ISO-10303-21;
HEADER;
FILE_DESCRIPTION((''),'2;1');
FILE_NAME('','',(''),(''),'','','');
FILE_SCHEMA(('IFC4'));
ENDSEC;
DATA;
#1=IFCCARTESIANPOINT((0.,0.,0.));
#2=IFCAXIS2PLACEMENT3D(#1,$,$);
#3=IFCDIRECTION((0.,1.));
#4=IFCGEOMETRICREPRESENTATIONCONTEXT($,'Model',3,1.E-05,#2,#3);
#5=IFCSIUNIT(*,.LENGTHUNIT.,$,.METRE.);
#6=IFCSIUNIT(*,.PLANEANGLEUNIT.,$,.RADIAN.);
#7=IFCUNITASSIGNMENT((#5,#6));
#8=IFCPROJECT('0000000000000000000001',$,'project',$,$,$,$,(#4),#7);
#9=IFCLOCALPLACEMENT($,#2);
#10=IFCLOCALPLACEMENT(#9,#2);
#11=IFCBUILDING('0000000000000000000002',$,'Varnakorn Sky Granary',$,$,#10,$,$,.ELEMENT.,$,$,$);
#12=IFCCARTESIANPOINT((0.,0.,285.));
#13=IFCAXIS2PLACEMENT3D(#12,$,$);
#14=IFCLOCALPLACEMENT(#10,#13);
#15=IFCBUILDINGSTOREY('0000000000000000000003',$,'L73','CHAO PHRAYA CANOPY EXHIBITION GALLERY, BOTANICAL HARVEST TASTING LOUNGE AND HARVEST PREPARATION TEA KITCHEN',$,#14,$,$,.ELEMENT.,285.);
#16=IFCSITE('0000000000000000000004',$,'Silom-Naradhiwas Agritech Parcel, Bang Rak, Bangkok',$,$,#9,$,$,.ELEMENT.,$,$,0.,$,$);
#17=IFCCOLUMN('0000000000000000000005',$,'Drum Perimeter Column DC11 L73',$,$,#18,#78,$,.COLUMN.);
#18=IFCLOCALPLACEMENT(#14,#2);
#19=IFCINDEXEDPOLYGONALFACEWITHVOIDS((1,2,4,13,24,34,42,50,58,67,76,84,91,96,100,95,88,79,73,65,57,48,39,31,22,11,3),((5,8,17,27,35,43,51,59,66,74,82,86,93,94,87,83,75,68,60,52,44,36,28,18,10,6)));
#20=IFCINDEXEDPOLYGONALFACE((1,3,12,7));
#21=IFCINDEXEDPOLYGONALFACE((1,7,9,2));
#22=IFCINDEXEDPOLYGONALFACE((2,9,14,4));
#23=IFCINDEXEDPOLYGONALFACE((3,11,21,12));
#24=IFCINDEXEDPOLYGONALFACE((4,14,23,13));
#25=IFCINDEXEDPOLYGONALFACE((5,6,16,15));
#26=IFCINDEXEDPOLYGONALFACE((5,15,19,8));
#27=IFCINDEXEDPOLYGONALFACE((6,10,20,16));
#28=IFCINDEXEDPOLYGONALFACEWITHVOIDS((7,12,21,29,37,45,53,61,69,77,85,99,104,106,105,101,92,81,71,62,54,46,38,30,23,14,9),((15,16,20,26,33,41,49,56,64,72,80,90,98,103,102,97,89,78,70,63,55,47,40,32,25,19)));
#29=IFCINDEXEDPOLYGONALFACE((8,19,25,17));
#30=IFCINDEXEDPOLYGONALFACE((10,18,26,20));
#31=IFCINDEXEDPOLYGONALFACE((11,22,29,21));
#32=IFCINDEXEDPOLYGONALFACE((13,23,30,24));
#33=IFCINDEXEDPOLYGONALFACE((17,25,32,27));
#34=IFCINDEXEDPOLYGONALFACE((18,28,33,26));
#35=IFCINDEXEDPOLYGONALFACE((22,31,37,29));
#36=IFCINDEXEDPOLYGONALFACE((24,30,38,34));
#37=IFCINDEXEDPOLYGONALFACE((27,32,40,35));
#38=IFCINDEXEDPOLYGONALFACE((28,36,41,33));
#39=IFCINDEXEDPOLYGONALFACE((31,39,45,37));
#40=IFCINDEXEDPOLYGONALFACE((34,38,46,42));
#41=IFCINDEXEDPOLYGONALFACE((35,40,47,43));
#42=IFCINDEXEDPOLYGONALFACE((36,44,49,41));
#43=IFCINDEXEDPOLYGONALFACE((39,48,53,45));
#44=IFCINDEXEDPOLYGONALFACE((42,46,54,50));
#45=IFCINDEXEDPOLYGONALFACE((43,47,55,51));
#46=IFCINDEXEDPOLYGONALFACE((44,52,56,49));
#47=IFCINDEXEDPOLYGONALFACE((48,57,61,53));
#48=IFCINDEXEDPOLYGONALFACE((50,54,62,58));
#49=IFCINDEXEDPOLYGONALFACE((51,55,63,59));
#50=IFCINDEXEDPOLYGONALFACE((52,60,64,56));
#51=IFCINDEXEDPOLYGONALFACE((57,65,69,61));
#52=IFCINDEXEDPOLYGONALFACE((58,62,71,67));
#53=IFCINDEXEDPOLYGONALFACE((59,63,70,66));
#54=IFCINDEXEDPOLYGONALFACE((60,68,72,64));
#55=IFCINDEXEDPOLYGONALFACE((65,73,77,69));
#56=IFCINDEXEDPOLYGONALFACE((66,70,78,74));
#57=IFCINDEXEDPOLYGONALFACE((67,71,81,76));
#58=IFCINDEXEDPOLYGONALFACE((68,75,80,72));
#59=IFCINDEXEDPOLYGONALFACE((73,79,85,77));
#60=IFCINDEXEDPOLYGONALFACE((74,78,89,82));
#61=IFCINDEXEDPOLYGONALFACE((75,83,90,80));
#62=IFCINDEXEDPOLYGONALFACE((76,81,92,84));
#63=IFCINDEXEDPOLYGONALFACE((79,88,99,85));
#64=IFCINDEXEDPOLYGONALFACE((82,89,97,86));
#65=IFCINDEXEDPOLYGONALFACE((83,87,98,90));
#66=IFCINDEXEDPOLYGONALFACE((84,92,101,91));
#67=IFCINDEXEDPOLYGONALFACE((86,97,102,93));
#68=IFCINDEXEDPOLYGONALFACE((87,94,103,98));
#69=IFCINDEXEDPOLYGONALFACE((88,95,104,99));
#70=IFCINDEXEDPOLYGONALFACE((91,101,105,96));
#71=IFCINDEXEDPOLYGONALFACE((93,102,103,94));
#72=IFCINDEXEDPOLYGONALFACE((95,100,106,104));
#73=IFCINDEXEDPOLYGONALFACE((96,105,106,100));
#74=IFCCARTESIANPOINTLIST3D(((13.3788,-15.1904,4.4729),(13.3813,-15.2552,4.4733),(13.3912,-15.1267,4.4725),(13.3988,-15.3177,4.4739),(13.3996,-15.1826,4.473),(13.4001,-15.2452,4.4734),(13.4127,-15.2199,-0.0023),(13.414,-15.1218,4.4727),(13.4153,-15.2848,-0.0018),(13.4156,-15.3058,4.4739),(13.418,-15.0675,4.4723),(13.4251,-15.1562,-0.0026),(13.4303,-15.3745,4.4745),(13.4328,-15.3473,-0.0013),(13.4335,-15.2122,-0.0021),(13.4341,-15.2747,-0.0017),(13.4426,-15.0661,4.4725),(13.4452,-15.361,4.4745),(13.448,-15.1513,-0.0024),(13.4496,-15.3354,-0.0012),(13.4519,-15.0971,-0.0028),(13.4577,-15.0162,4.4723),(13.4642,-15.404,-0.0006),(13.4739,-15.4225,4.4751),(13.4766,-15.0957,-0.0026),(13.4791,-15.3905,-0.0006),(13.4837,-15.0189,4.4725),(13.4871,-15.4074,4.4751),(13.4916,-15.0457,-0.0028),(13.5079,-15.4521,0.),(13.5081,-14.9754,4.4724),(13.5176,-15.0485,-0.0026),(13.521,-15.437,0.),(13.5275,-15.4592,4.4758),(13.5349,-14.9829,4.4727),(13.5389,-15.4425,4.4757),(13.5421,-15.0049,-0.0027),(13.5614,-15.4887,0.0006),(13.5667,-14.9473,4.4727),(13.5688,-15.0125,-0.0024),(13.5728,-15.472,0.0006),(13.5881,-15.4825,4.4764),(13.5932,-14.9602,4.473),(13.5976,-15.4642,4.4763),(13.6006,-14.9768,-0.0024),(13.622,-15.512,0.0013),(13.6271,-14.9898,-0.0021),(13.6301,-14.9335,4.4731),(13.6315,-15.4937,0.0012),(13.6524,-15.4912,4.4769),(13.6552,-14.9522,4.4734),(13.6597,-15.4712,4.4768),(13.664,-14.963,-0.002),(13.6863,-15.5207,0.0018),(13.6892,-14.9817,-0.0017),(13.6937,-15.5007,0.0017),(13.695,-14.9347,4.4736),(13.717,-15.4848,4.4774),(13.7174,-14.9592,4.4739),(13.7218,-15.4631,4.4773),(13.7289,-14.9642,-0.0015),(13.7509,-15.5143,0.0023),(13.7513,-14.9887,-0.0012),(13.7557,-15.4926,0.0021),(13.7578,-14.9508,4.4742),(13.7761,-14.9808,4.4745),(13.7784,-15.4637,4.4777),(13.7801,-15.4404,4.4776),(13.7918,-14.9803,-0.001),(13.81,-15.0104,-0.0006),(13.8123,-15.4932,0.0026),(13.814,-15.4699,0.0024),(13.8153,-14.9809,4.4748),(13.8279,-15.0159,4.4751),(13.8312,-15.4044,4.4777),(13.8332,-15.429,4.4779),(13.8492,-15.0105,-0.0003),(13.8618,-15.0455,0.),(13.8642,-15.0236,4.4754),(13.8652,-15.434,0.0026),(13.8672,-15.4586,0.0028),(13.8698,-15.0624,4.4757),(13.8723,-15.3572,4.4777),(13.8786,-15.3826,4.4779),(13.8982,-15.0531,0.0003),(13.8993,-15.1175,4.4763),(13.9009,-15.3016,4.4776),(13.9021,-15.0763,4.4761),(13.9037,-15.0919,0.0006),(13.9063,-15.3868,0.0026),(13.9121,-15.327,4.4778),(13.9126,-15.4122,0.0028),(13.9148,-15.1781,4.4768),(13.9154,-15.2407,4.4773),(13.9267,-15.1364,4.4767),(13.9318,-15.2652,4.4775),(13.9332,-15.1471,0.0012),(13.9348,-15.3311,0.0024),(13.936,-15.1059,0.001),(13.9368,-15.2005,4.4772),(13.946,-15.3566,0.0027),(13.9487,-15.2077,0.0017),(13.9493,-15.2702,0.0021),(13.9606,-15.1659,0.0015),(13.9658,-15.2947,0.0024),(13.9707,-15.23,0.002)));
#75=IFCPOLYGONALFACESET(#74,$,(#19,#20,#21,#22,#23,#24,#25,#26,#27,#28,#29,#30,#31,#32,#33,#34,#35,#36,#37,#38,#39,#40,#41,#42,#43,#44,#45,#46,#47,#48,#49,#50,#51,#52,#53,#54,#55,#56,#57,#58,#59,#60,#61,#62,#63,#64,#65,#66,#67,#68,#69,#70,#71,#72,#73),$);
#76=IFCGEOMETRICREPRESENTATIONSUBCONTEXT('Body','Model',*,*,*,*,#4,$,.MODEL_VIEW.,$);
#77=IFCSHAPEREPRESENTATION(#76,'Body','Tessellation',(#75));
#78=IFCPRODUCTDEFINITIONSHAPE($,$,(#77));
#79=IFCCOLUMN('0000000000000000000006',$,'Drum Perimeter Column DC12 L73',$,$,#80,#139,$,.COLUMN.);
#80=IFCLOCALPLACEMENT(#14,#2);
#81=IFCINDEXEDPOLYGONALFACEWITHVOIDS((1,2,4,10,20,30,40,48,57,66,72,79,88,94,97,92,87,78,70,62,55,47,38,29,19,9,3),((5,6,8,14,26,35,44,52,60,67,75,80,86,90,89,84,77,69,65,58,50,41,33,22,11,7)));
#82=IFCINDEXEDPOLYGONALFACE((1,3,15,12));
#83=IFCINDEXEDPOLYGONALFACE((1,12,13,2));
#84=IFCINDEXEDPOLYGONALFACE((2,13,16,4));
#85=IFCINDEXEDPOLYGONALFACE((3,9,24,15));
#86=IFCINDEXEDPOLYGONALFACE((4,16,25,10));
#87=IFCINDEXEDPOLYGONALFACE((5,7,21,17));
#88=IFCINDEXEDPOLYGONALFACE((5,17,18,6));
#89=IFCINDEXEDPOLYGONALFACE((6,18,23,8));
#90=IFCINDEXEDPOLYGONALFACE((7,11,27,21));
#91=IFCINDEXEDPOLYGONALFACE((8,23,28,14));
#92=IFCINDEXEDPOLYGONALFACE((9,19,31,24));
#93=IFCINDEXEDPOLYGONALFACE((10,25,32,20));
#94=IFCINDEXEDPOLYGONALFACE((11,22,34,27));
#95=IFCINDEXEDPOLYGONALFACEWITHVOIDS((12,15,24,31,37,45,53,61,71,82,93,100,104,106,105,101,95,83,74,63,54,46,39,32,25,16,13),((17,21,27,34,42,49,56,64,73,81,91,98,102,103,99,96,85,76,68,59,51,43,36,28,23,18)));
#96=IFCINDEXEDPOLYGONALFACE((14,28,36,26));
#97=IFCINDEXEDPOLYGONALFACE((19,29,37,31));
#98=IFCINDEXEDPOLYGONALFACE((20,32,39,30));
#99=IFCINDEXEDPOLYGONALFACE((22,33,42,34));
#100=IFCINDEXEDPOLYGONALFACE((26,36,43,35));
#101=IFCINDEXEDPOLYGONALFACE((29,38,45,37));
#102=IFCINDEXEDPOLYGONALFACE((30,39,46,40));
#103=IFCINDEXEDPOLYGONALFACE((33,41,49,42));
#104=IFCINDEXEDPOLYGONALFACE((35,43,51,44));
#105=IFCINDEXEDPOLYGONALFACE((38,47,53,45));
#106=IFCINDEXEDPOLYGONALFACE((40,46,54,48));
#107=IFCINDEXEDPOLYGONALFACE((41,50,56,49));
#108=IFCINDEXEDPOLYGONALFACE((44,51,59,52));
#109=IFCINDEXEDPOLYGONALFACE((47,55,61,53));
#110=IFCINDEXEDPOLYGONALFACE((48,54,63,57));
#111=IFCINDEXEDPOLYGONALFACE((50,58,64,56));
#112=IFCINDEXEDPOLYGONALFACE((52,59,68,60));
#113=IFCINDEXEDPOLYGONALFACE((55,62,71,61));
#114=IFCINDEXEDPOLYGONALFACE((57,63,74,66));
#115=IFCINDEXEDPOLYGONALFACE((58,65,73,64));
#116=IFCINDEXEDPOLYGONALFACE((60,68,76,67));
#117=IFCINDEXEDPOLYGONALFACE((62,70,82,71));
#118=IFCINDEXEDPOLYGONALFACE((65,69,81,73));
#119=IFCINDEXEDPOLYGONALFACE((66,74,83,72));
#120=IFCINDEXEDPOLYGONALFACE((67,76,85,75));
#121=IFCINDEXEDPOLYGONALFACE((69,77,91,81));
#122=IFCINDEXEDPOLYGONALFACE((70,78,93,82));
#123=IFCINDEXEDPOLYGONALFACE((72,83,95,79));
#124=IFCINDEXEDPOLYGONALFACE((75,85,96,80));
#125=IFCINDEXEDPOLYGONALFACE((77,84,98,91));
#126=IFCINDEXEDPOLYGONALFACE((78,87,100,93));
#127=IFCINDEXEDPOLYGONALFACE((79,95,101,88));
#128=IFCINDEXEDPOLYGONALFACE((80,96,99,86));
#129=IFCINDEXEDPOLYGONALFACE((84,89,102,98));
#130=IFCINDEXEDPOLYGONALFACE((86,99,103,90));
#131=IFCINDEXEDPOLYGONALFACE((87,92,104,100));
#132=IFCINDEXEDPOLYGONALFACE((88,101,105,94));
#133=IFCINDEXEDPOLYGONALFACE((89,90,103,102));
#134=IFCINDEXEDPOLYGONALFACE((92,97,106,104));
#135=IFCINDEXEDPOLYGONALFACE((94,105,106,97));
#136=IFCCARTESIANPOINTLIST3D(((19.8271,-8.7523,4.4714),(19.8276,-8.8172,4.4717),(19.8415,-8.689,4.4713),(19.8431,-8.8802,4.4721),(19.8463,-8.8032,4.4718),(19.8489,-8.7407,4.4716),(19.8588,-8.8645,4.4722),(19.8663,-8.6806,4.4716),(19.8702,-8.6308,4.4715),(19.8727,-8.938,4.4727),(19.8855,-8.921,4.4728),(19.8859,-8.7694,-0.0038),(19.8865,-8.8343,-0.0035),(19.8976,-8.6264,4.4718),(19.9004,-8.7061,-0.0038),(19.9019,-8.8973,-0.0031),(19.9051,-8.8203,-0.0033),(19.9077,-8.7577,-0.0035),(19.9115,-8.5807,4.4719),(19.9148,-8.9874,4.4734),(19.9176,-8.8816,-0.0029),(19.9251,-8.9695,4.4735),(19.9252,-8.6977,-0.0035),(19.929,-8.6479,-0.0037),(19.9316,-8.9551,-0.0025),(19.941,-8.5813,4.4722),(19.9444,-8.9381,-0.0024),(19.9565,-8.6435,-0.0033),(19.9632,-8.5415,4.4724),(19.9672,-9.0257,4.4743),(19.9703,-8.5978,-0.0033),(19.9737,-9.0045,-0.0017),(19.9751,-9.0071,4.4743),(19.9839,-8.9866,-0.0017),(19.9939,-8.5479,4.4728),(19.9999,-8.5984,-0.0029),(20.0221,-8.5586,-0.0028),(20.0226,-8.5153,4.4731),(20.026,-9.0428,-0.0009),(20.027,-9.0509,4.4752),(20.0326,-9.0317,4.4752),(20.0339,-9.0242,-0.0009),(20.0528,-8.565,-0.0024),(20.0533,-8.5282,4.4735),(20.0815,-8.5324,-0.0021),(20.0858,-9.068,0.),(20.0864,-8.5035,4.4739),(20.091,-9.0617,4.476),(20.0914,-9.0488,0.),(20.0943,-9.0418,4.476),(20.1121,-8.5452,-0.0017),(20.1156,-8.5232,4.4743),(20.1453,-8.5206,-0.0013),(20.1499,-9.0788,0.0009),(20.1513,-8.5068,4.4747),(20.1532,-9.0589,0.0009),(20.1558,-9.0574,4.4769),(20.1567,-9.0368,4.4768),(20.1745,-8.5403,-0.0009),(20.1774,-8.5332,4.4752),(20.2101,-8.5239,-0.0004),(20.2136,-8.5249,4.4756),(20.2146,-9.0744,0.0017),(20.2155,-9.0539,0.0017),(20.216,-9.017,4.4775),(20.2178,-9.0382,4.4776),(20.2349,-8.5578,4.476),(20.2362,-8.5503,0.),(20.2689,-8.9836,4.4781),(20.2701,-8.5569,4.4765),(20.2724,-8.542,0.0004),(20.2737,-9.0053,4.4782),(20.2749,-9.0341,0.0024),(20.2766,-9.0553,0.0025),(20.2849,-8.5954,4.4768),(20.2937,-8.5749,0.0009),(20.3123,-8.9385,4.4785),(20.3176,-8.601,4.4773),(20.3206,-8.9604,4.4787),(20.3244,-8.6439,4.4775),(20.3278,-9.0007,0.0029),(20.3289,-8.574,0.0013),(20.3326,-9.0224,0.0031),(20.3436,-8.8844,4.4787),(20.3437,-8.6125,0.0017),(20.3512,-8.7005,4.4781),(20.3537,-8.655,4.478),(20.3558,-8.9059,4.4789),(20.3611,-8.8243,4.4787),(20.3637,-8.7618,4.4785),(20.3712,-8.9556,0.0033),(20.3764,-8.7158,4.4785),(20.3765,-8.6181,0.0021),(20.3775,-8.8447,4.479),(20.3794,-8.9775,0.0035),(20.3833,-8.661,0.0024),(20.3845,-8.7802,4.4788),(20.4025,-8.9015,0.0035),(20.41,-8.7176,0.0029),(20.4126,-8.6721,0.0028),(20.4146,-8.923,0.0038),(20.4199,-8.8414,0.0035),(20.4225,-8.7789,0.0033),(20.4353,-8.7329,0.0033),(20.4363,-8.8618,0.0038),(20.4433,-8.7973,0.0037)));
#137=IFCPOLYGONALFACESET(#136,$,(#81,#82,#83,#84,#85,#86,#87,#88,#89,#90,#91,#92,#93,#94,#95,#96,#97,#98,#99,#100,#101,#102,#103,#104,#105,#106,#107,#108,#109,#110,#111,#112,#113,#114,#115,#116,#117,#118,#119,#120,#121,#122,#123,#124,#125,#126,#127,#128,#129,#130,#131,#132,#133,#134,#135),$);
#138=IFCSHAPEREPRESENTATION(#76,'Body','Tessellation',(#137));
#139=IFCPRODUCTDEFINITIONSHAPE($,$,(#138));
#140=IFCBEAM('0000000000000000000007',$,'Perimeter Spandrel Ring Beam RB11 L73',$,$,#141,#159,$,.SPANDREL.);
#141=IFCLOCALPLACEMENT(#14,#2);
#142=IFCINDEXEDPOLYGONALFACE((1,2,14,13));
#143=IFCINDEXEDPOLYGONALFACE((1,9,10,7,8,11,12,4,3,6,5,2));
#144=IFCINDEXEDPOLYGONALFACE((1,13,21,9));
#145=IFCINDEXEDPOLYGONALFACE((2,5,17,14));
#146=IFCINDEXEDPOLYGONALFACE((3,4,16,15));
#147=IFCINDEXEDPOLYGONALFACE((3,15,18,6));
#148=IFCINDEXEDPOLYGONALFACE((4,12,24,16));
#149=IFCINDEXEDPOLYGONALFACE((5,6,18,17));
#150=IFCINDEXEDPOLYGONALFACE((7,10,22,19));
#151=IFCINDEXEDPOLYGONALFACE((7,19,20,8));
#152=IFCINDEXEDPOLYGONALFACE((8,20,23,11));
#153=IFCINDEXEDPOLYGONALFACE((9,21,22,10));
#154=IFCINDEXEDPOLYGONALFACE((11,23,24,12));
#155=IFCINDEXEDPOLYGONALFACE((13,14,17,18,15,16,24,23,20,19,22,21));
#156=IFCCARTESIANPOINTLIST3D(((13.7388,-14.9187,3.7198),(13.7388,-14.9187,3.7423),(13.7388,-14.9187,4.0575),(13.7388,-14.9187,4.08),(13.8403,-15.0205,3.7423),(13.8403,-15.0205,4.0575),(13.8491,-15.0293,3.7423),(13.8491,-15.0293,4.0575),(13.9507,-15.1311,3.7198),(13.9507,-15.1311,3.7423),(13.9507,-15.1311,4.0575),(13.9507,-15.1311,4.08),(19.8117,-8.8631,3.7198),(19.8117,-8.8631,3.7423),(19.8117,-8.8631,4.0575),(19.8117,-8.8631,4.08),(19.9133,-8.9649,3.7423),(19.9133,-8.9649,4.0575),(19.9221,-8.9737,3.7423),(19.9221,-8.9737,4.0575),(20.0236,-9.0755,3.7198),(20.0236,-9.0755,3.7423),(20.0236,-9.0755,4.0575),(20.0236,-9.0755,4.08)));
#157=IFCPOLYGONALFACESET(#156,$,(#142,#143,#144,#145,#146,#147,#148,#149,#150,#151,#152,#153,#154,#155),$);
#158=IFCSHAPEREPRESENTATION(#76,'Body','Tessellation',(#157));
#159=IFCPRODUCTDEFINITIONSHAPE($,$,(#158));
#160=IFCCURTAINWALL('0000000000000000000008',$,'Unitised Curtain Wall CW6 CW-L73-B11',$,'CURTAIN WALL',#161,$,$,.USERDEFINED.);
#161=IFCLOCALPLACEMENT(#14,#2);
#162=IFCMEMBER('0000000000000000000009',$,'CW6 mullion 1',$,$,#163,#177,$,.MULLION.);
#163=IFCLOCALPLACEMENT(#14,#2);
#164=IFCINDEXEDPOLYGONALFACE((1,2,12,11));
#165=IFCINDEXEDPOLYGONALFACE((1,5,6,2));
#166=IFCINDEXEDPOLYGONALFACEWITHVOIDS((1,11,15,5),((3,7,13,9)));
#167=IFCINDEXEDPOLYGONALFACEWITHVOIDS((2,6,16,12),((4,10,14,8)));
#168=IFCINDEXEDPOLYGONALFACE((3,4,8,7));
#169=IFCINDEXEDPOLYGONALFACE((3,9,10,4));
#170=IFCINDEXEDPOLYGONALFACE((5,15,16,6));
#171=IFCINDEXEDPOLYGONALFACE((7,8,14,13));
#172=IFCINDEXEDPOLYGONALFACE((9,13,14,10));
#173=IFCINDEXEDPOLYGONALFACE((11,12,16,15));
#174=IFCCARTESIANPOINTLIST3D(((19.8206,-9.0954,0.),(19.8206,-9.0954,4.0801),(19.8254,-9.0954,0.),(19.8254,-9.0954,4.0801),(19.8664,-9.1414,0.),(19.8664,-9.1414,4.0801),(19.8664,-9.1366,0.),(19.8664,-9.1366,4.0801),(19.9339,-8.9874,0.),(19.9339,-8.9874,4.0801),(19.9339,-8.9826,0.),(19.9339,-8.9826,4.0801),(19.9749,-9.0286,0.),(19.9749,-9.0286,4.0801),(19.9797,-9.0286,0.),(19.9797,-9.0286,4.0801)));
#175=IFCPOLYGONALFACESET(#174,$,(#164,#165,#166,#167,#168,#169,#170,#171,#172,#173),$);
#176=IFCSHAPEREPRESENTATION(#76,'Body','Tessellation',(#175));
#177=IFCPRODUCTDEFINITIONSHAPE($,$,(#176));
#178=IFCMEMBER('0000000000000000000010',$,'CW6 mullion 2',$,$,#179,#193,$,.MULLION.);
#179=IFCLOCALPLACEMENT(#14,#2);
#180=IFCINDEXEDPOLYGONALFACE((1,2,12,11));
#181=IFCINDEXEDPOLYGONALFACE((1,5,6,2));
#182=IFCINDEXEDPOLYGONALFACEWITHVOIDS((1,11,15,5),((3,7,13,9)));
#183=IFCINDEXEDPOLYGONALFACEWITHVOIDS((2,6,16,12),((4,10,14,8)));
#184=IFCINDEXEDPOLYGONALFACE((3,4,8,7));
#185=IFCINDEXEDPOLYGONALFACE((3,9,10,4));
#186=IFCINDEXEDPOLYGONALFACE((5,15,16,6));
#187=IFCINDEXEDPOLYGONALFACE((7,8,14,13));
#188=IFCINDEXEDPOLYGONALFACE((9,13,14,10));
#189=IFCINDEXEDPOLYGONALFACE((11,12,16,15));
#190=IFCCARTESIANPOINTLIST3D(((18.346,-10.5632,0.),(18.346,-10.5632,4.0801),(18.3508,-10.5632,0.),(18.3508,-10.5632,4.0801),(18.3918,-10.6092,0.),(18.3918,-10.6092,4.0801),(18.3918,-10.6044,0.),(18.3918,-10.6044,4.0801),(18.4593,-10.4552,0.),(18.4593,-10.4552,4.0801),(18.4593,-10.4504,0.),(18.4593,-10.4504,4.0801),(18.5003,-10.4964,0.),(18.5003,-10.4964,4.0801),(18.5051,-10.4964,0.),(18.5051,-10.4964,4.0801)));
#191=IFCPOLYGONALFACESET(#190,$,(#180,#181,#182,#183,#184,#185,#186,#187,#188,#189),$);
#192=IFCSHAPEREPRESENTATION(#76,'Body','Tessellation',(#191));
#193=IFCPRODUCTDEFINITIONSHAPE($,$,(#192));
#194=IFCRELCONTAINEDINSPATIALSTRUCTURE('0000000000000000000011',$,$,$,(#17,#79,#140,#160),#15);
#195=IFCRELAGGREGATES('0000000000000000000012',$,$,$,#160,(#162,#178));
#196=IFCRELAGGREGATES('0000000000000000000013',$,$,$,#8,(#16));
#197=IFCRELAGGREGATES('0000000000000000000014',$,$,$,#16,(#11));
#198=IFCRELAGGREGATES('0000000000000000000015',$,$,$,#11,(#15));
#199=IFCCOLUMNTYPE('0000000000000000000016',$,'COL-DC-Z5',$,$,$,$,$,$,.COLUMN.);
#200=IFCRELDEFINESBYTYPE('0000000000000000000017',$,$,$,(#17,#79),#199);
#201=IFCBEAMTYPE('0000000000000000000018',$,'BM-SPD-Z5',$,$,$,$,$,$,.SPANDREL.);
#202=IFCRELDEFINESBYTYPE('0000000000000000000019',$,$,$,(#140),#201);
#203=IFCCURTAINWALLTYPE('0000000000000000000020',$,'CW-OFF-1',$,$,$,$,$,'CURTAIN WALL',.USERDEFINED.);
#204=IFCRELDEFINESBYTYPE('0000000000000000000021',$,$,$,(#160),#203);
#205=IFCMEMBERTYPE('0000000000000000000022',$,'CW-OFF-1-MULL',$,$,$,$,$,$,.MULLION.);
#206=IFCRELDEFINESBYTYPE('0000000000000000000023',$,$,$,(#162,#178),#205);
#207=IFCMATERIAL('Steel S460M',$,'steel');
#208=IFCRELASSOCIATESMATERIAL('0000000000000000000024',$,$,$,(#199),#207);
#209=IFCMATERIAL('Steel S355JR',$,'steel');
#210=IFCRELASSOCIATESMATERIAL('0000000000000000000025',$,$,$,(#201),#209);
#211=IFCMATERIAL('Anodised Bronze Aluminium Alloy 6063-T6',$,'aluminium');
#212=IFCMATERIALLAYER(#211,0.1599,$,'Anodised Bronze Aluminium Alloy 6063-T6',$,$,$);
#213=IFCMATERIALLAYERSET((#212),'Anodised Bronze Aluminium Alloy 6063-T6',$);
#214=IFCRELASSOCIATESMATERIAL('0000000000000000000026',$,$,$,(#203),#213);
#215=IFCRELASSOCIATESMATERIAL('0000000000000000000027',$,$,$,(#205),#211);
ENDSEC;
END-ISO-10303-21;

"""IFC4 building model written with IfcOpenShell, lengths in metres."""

from ifc_helpers import new_model, si_unit, direction, frame, origin, origin_2d, place, context, subcontext, project, spatial, hollow_rectangle, hollow_circle, i_section, extrude, material, layer, layer_set, material_profile, profile_set, type_object, element, aggregate, save


model = new_model("IFC4")

# Units and contexts
model_context = context("Model", 3, precision=1e-05, world=origin(), true_north=direction((0.0, 1.0)))
body_context = subcontext(model_context, "Body", "Model", "MODEL_VIEW")
ifc_project = project(units=[si_unit("LENGTHUNIT", "METRE"), si_unit("PLANEANGLEUNIT", "RADIAN")], contexts=[model_context])

# Site, building, storey
site_placement = place(None, origin())
site = spatial("IfcSite", under=ifc_project, at=site_placement, Name="Silom-Naradhiwas Agritech Parcel, Bang Rak, Bangkok", CompositionType="ELEMENT", RefElevation=0.0)
building_placement = place(site_placement, origin())
building = spatial("IfcBuilding", under=site, at=building_placement, Name="Varnakorn Sky Granary", CompositionType="ELEMENT")
storey_placement = place(building_placement, frame((0.0, 0.0, 285.0)))
storey = spatial("IfcBuildingStorey", under=building, at=storey_placement, Name="L73", Description="CHAO PHRAYA CANOPY EXHIBITION GALLERY, BOTANICAL HARVEST TASTING LOUNGE AND HARVEST PREPARATION TEA KITCHEN", CompositionType="ELEMENT", Elevation=285.0)

# Columns
ifc_material_1 = material(Name="Steel S460M", Category="steel")
ifc_material_profile_1 = material_profile(ifc_material_1, hollow_circle(Radius=0.2795, WallThickness=0.02, at=origin_2d()), Name="CHS 559x20")
ifc_profile_set_1 = profile_set([ifc_material_profile_1], Name="Steel S460M")
column_type = type_object("IfcColumnType", Name="COL-DC-Z5", PredefinedType="COLUMN", material=ifc_profile_set_1)
column_1_placement = place(storey_placement, frame((13.6914, -15.2412, 0.0), z_axis=(-0.007583, 0.006601, 0.999949), x_axis=(-0.656582, -0.754255, 0.0)))
element("IfcColumn", 1, at=column_1_placement, inside=storey, type_object=column_type, Name="Drum Perimeter Column DC11 L73", PredefinedType="COLUMN", context=body_context, shape_type="SweptSolid", body=[
    extrude(hollow_circle(Radius=0.2795, WallThickness=0.02, at=origin_2d()), origin(), (0.0, 0.0, 1.0), 4.4753),
])
column_2_placement = place(storey_placement, frame((20.1638, -8.7996, 0.0), z_axis=(-0.013147, 0.003819, 0.999906), x_axis=(-0.278929, -0.960312, 0.0)))
element("IfcColumn", 2, at=column_2_placement, inside=storey, type_object=column_type, Name="Drum Perimeter Column DC12 L73", PredefinedType="COLUMN", context=body_context, shape_type="SweptSolid", body=[
    extrude(hollow_circle(Radius=0.2795, WallThickness=0.02, at=origin_2d()), origin(), (0.0, 0.0, 1.0), 4.4756),
])

# Beam
ifc_material_2 = material(Name="Steel S355JR", Category="steel")
ifc_material_profile_2 = material_profile(ifc_material_2, i_section(OverallWidth=0.3, OverallDepth=0.3601, WebThickness=0.0125, FlangeThickness=0.0225, at=origin_2d()), Name="HE 360 B")
ifc_profile_set_2 = profile_set([ifc_material_profile_2], Name="Steel S355JR")
beam_type = type_object("IfcBeamType", Name="BM-SPD-Z5", PredefinedType="SPANDREL", material=ifc_profile_set_2)
beam_placement = place(storey_placement, frame((13.8447, -15.0249, 3.8999), z_axis=(0.708117, 0.706095, 0.0), x_axis=(-0.706095, 0.708117, 0.0)))
element("IfcBeam", 3, at=beam_placement, inside=storey, type_object=beam_type, Name="Perimeter Spandrel Ring Beam RB11 L73", PredefinedType="SPANDREL", context=body_context, shape_type="SweptSolid", body=[
    extrude(i_section(OverallWidth=0.3, OverallDepth=0.3601, WebThickness=0.0125, FlangeThickness=0.0225, at=origin_2d()), origin(), (0.0, 0.0, 1.0), 8.5762),
])

# Curtain wall, members
ifc_material_3 = material(Name="Anodised Bronze Aluminium Alloy 6063-T6", Category="aluminium")
ifc_layer_1 = layer(ifc_material_3, 0.1599, Name="Anodised Bronze Aluminium Alloy 6063-T6")
ifc_layer_set_1 = layer_set([ifc_layer_1], Name="Anodised Bronze Aluminium Alloy 6063-T6")
curtain_wall_type = type_object("IfcCurtainWallType", Name="CW-OFF-1", ElementType="CURTAIN WALL", PredefinedType="USERDEFINED", material=ifc_layer_set_1)
curtain_wall_placement = place(storey_placement, origin())
curtain_wall = element("IfcCurtainWall", 4, at=curtain_wall_placement, inside=storey, type_object=curtain_wall_type, Name="Unitised Curtain Wall CW6 CW-L73-B11", ObjectType="CURTAIN WALL", PredefinedType="USERDEFINED")
ifc_material_profile_3 = material_profile(ifc_material_3, hollow_rectangle(XDim=0.0649, YDim=0.1599, WallThickness=0.0034, at=origin_2d()), Name="ALU MULL 65x160")
ifc_profile_set_3 = profile_set([ifc_material_profile_3], Name="Anodised Bronze Aluminium Alloy 6063-T6")
member_type_1 = type_object("IfcMemberType", Name="CW-OFF-1-MULL", PredefinedType="MULLION", material=ifc_profile_set_3)
member_1_placement = place(storey_placement, frame((19.9001, -9.062, 0.0), z_axis=(0.0, 0.0, 1.0), x_axis=(0.705419, -0.708791, 0.0)))
member_1 = element("IfcMember", 5, at=member_1_placement, type_object=member_type_1, Name="CW6 mullion 1", PredefinedType="MULLION", context=body_context, shape_type="SweptSolid", body=[
    extrude(hollow_rectangle(XDim=0.0649, YDim=0.1599, WallThickness=0.0034, at=origin_2d()), origin(), (0.0, 0.0, 1.0), 4.0801),
])
member_2_placement = place(storey_placement, frame((18.4255, -10.5298, 0.0), z_axis=(0.0, 0.0, 1.0), x_axis=(0.705419, -0.708791, 0.0)))
member_2 = element("IfcMember", 6, at=member_2_placement, type_object=member_type_1, Name="CW6 mullion 2", PredefinedType="MULLION", context=body_context, shape_type="SweptSolid", body=[
    extrude(hollow_rectangle(XDim=0.0649, YDim=0.1599, WallThickness=0.0034, at=origin_2d()), origin(), (0.0, 0.0, 1.0), 4.0801),
])

aggregate(curtain_wall, [member_1, member_2])

save(model, "model.ifc")
